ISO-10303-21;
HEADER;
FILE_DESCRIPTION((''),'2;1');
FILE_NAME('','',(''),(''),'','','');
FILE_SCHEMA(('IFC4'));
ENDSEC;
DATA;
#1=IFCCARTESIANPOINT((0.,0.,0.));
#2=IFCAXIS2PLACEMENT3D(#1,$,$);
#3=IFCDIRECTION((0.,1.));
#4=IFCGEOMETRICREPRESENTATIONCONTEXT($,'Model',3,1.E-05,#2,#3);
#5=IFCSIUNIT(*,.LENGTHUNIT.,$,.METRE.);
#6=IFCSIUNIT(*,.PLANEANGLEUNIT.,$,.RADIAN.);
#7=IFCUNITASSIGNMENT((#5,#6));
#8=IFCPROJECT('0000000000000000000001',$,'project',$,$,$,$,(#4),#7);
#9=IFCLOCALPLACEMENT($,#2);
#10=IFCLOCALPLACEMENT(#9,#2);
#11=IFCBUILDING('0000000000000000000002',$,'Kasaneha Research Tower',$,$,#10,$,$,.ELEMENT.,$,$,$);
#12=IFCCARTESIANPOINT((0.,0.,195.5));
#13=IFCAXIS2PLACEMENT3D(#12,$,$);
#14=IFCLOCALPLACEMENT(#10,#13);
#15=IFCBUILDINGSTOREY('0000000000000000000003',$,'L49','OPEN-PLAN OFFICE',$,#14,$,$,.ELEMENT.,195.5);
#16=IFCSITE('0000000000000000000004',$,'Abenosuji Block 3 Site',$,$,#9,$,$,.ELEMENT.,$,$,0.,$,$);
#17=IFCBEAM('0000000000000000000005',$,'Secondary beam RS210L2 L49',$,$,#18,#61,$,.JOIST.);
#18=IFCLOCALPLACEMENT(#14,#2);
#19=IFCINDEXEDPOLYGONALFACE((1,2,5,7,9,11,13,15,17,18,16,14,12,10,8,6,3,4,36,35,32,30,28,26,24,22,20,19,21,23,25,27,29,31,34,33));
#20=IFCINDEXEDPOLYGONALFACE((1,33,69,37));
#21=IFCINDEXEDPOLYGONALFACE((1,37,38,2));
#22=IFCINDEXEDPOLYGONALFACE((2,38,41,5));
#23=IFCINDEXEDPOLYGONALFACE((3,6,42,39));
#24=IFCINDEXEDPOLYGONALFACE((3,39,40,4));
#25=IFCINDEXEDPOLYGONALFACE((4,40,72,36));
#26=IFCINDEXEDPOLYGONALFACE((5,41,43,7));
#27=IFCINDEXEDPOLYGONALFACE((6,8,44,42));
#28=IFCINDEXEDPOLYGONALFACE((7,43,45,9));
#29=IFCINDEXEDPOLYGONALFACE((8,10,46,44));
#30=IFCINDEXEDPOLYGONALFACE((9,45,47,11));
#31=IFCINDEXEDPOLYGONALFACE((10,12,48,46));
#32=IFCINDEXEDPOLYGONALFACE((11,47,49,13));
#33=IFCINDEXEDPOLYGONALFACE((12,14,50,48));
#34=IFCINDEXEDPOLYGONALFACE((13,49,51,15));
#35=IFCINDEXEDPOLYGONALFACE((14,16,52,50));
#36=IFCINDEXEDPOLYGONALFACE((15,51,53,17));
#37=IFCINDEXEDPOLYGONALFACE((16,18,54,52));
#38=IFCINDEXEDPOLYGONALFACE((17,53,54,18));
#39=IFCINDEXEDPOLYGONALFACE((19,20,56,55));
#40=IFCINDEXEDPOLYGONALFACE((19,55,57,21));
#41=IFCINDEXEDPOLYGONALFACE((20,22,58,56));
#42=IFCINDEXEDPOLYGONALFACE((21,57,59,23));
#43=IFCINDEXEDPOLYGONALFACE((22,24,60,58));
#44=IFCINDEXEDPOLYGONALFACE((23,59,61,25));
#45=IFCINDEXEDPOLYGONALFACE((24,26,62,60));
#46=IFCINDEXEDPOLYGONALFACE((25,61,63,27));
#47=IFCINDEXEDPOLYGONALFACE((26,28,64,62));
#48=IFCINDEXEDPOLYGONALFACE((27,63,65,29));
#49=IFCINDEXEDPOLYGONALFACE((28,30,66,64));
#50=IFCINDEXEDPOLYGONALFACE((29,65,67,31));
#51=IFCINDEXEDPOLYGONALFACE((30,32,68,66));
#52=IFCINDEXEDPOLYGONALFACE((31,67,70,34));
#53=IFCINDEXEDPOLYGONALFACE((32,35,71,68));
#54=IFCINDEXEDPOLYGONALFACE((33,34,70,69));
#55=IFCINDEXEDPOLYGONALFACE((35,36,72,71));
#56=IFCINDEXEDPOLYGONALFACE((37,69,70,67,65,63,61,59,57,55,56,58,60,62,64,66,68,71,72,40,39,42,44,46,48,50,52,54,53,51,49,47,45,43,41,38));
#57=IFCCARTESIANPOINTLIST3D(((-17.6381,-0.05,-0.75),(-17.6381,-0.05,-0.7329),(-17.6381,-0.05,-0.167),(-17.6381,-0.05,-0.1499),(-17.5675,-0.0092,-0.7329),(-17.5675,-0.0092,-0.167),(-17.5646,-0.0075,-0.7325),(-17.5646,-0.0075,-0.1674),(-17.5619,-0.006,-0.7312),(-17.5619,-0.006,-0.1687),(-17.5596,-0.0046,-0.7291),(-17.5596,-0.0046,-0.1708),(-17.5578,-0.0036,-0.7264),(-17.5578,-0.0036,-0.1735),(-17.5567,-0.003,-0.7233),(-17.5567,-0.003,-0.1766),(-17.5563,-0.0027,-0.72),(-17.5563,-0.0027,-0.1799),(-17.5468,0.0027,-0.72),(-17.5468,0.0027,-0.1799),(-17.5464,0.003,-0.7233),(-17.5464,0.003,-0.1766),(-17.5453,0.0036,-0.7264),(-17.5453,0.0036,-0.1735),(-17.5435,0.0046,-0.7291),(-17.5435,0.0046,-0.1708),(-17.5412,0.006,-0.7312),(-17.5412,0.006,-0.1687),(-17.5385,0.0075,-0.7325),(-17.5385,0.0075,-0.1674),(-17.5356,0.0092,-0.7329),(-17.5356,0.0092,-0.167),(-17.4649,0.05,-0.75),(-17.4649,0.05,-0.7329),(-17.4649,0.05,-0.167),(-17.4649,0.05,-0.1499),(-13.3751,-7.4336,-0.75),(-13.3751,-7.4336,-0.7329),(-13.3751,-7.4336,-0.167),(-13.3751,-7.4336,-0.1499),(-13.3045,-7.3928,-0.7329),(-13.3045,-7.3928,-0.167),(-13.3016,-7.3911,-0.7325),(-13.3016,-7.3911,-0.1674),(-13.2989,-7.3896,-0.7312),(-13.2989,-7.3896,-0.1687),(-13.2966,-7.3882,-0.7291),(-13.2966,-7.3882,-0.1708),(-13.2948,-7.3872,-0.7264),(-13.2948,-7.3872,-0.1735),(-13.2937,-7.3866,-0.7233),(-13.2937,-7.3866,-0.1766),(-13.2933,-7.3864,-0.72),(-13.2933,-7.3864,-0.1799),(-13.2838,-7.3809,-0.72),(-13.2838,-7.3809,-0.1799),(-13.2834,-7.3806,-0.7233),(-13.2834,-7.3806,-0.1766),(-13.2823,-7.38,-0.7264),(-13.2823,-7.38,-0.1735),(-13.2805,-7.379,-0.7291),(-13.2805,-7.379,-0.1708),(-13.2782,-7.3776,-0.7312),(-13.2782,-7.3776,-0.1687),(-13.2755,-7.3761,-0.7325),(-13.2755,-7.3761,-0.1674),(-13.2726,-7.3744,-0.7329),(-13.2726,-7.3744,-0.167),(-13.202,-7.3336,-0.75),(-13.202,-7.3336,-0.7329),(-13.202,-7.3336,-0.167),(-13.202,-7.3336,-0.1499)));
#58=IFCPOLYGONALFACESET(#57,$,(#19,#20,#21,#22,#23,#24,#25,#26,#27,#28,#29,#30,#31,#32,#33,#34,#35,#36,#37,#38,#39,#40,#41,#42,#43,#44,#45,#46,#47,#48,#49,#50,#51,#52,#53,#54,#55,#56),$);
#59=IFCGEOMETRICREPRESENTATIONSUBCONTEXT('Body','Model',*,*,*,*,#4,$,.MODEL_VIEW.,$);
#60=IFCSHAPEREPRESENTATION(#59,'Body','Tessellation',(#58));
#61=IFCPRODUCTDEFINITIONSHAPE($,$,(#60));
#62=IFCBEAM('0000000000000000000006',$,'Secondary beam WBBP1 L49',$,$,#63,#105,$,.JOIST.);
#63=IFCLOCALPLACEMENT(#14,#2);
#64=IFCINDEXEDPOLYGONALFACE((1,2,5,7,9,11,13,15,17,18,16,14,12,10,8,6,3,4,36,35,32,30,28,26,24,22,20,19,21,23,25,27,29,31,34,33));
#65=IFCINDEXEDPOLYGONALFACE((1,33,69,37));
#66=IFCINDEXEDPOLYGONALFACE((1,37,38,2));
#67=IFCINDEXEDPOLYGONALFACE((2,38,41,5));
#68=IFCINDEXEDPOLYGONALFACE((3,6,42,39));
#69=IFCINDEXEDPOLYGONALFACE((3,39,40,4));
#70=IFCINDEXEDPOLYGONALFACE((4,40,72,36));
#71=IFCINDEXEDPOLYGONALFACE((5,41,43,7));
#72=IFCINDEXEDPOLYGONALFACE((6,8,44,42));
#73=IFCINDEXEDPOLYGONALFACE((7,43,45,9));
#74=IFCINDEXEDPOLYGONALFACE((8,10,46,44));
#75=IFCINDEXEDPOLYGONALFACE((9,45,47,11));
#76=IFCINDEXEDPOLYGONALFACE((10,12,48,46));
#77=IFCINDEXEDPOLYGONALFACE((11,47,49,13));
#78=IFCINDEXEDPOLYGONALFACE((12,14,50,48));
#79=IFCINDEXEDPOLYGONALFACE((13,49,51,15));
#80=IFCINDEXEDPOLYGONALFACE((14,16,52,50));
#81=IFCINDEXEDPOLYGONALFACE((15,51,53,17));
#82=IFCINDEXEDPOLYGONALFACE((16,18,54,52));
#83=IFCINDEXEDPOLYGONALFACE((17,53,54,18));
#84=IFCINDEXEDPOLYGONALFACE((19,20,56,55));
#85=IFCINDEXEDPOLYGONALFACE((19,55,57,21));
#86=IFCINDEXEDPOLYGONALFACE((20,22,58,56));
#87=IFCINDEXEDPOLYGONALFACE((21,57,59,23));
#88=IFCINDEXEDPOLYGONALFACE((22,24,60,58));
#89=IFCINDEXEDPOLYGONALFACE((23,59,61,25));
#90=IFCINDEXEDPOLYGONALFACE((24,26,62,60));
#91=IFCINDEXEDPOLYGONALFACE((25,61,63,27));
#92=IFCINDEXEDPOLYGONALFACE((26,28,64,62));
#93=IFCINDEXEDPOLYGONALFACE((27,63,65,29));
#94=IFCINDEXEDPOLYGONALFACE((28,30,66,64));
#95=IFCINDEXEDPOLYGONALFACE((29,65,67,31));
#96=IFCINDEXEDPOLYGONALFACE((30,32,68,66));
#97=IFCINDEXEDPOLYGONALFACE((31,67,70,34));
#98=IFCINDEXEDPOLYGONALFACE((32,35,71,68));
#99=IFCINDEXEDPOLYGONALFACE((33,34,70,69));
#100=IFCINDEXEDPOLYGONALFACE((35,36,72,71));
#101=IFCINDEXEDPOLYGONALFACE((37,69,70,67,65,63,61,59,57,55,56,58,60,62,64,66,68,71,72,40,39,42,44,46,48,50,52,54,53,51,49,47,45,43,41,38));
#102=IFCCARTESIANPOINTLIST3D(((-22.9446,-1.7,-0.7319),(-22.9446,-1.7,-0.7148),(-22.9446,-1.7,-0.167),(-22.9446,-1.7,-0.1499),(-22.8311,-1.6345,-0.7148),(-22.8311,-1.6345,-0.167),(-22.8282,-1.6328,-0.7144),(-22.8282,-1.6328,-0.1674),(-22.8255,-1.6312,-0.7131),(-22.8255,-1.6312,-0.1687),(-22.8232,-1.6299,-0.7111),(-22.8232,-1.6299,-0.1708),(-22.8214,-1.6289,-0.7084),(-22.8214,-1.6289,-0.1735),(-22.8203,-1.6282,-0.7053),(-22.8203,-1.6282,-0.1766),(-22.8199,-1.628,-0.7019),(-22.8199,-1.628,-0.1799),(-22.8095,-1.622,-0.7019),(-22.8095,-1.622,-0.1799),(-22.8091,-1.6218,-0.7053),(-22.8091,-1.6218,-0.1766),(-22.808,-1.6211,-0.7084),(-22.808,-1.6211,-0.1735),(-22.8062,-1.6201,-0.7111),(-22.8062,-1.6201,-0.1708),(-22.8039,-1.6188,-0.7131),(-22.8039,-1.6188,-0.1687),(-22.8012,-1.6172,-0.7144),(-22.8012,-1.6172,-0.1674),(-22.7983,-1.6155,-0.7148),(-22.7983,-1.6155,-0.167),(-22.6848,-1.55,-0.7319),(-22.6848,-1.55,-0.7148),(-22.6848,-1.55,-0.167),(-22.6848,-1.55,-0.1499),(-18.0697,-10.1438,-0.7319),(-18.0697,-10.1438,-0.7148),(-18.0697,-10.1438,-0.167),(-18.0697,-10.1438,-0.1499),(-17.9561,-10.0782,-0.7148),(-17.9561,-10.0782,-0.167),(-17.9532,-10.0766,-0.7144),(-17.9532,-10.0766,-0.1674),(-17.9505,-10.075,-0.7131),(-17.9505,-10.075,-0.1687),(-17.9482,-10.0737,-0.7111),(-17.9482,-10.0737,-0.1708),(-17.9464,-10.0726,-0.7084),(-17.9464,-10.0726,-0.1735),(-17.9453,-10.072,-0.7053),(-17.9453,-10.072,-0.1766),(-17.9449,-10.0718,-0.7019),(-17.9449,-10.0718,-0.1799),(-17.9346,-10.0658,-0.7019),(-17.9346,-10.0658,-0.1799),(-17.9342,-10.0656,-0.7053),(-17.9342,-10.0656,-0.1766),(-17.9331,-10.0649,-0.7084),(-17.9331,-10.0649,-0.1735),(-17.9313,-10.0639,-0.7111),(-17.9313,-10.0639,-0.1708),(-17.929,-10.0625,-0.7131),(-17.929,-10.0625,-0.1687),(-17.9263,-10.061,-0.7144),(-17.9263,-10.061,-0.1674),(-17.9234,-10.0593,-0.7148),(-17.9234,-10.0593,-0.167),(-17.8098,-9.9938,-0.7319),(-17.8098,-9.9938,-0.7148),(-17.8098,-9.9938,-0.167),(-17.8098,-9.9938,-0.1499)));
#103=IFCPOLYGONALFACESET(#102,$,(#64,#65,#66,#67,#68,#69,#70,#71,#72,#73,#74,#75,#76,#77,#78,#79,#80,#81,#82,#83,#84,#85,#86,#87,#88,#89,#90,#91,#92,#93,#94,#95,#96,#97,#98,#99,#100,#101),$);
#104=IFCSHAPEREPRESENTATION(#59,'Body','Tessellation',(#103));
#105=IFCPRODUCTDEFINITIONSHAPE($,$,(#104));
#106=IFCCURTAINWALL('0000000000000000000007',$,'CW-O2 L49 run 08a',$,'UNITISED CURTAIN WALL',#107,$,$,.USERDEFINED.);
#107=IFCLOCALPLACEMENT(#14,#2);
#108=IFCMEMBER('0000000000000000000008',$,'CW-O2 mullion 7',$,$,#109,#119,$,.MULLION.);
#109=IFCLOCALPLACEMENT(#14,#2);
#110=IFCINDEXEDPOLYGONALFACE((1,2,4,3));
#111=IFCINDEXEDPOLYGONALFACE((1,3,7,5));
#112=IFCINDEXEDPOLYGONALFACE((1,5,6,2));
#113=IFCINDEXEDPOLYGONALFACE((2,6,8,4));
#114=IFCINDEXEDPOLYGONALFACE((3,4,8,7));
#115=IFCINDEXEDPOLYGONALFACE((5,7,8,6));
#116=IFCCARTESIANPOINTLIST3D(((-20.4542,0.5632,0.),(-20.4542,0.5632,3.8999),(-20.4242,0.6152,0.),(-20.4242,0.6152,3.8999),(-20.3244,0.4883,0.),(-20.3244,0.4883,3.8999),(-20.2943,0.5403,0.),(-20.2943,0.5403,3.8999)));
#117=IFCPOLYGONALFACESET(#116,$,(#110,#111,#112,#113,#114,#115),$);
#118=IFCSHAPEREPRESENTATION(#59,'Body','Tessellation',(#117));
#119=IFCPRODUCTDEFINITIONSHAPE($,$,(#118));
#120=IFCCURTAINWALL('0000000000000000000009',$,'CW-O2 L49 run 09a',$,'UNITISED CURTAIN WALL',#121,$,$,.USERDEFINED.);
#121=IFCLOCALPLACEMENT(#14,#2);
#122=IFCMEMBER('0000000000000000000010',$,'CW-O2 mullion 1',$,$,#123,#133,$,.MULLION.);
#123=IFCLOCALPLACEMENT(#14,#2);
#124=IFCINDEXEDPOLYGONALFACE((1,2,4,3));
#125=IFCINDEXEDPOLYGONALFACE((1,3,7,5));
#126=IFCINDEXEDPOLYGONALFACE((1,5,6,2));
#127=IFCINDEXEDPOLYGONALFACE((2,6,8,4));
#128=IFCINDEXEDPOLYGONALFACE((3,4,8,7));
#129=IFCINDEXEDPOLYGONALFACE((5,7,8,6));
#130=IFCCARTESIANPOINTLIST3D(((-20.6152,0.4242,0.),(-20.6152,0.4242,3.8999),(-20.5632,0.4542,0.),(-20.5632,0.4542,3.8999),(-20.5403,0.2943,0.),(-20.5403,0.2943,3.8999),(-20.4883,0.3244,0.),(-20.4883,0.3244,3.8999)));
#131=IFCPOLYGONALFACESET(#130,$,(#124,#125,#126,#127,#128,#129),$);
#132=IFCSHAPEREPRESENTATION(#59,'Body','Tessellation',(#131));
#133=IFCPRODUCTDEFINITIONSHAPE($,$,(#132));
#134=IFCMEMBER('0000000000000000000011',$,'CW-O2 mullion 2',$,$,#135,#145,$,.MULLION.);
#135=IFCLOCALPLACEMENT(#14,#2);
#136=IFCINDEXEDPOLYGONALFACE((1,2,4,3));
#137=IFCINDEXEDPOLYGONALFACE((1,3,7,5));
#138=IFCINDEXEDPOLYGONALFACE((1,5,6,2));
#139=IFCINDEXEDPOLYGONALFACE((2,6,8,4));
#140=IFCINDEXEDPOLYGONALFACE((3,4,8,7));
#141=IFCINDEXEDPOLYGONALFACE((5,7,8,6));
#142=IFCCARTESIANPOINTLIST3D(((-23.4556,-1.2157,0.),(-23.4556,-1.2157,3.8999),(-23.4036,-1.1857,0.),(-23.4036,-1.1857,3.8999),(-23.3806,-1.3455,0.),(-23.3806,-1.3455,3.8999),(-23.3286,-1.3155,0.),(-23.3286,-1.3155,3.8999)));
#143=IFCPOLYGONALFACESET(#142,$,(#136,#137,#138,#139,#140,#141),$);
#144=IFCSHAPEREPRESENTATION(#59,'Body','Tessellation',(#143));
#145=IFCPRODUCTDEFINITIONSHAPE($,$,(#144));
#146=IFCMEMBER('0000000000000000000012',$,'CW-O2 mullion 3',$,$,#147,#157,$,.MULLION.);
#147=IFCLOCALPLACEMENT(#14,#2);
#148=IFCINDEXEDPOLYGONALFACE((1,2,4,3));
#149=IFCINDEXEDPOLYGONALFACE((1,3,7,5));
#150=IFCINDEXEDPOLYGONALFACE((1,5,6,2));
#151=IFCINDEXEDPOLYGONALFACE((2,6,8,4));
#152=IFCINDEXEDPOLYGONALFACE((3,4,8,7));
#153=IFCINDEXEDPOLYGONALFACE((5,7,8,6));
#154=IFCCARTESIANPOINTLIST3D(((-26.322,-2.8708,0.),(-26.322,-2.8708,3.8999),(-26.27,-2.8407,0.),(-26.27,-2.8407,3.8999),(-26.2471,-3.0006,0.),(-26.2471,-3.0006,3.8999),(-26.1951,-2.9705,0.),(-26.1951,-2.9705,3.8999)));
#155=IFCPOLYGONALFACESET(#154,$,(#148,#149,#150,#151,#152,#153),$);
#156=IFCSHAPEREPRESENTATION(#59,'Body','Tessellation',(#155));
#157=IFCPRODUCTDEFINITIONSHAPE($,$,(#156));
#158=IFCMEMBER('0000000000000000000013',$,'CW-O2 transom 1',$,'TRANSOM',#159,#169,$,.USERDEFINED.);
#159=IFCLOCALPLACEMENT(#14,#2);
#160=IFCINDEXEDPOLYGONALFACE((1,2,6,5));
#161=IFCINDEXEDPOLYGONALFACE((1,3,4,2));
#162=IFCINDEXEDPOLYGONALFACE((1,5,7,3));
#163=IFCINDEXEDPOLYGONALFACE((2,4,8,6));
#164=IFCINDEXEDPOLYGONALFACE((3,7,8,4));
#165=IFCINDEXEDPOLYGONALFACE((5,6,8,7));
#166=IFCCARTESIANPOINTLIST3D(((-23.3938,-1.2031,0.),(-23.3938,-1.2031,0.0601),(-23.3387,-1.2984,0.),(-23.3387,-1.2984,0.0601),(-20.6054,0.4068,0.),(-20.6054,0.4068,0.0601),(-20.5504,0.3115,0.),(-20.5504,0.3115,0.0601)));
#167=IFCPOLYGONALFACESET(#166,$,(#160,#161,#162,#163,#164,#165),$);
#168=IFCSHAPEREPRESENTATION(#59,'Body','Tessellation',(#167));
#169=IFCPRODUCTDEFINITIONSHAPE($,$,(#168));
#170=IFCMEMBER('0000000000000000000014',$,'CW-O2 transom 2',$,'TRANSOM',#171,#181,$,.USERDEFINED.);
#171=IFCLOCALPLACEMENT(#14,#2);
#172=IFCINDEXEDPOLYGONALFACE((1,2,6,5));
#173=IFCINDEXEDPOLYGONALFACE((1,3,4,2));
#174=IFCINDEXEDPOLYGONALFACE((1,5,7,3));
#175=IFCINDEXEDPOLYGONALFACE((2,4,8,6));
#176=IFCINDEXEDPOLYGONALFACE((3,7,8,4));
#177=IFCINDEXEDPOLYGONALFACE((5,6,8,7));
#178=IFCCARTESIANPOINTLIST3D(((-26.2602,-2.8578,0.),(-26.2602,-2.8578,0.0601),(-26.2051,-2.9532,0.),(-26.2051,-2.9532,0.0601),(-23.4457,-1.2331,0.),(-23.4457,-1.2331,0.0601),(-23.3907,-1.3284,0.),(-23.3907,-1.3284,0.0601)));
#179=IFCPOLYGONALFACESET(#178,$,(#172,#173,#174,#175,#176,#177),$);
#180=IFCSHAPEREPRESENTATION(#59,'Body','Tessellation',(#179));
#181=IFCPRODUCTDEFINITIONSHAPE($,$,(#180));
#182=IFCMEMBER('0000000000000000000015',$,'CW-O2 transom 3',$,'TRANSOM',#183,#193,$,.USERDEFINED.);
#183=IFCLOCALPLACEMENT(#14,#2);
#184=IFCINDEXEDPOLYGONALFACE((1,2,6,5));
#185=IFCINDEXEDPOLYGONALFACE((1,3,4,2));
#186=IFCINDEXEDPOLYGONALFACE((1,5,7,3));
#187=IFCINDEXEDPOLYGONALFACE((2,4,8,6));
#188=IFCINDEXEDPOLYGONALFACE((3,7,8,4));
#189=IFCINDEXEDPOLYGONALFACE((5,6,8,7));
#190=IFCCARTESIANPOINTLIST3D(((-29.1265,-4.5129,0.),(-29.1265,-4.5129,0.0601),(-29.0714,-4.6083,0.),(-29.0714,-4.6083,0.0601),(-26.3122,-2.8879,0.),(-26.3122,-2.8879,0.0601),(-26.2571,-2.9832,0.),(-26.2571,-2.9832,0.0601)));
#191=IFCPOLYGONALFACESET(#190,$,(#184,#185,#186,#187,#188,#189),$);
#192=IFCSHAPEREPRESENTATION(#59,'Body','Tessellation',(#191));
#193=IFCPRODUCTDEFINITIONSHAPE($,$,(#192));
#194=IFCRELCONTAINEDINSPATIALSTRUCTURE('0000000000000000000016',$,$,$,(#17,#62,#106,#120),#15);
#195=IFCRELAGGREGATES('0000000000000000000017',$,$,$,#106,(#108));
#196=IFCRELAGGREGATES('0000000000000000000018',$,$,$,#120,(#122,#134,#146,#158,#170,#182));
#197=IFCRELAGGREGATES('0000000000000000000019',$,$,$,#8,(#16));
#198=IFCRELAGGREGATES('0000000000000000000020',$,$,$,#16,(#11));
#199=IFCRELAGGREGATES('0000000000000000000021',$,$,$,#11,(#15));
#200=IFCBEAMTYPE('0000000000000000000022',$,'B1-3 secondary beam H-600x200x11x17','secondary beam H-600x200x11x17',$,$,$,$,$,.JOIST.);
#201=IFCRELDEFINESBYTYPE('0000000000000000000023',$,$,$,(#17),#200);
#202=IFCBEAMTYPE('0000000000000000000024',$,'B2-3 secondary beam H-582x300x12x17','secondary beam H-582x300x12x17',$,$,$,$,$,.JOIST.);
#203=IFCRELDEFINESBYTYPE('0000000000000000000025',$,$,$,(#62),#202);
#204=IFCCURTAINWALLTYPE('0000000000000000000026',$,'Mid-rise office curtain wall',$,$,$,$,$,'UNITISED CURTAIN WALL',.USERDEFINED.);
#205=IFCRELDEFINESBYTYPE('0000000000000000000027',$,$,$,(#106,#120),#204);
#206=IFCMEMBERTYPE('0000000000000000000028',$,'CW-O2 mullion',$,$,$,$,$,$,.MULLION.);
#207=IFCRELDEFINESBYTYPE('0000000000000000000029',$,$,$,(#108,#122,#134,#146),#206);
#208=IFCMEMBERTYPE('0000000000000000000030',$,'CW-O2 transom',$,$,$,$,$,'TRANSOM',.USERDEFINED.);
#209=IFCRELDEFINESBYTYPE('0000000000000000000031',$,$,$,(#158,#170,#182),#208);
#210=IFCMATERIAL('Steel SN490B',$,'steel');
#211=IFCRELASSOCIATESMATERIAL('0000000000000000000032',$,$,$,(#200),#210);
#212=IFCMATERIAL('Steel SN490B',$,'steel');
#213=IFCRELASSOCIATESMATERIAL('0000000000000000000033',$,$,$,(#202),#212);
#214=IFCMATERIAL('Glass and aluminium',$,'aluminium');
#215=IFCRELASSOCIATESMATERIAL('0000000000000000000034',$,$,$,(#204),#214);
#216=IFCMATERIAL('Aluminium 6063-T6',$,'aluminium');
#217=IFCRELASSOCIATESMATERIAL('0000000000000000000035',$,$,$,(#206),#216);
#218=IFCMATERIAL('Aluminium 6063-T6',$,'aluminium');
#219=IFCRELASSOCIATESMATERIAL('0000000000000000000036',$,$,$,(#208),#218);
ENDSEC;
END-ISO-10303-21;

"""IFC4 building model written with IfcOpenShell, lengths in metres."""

from ifc_helpers import new_model, si_unit, direction, frame, origin, origin_2d, place, context, subcontext, project, spatial, rectangle, i_section, extrude, material, material_profile, profile_set, type_object, element, aggregate, save


model = new_model("IFC4")

# Units and contexts
model_context = context("Model", 3, precision=1e-05, world=origin(), true_north=direction((0.0, 1.0)))
body_context = subcontext(model_context, "Body", "Model", "MODEL_VIEW")
ifc_project = project(units=[si_unit("LENGTHUNIT", "METRE"), si_unit("PLANEANGLEUNIT", "RADIAN")], contexts=[model_context])

# Site, building, storey
site_placement = place(None, origin())
site = spatial("IfcSite", under=ifc_project, at=site_placement, Name="Abenosuji Block 3 Site", CompositionType="ELEMENT", RefElevation=0.0)
building_placement = place(site_placement, origin())
building = spatial("IfcBuilding", under=site, at=building_placement, Name="Kasaneha Research Tower", CompositionType="ELEMENT")
storey_placement = place(building_placement, frame((0.0, 0.0, 195.5)))
storey = spatial("IfcBuildingStorey", under=building, at=storey_placement, Name="L49", Description="OPEN-PLAN OFFICE", CompositionType="ELEMENT", Elevation=195.5)

# Beams
ifc_material_1 = material(Name="Steel SN490B", Category="steel")
ifc_material_profile_1 = material_profile(ifc_material_1, i_section(OverallWidth=0.2, OverallDepth=0.6001, WebThickness=0.011, FlangeThickness=0.0171, FilletRadius=0.0129, at=origin_2d()), Name="H-600x200x11x17")
ifc_profile_set_1 = profile_set([ifc_material_profile_1], Name="Steel SN490B")
beam_type_1 = type_object("IfcBeamType", Name="B1-3 secondary beam H-600x200x11x17", Description="secondary beam H-600x200x11x17", PredefinedType="JOIST", material=ifc_profile_set_1)
beam_1_placement = place(storey_placement, frame((-17.5515, 0.0, -0.45), z_axis=(0.500004, -0.866023, 0.0), x_axis=(0.866023, 0.500004, 0.0)))
element("IfcBeam", 1, at=beam_1_placement, inside=storey, type_object=beam_type_1, Name="Secondary beam RS210L2 L49", PredefinedType="JOIST", context=body_context, shape_type="SweptSolid", body=[
    extrude(i_section(OverallWidth=0.2, OverallDepth=0.6001, WebThickness=0.011, FlangeThickness=0.0171, FilletRadius=0.0129, at=origin_2d()), origin(), (0.0, 0.0, 1.0), 8.5259),
])
ifc_material_2 = material(Name="Steel SN490B", Category="steel")
ifc_material_profile_2 = material_profile(ifc_material_2, i_section(OverallWidth=0.3, OverallDepth=0.582, WebThickness=0.012, FlangeThickness=0.0171, FilletRadius=0.0129, at=origin_2d()), Name="H-582x300x12x17")
ifc_profile_set_2 = profile_set([ifc_material_profile_2], Name="Steel SN490B")
beam_type_2 = type_object("IfcBeamType", Name="B2-3 secondary beam H-582x300x12x17", Description="secondary beam H-582x300x12x17", PredefinedType="JOIST", material=ifc_profile_set_2)
beam_2_placement = place(storey_placement, frame((-22.8147, -1.625, -0.4409), z_axis=(0.499996, -0.866028, 0.0), x_axis=(0.866028, 0.499996, 0.0)))
element("IfcBeam", 2, at=beam_2_placement, inside=storey, type_object=beam_type_2, Name="Secondary beam WBBP1 L49", PredefinedType="JOIST", context=body_context, shape_type="SweptSolid", body=[
    extrude(i_section(OverallWidth=0.3, OverallDepth=0.582, WebThickness=0.012, FlangeThickness=0.0171, FilletRadius=0.0129, at=origin_2d()), origin(), (0.0, 0.0, 1.0), 9.75),
])

# Curtain wall, member
ifc_material_3 = material(Name="Glass and aluminium", Category="aluminium")
curtain_wall_type = type_object("IfcCurtainWallType", Name="Mid-rise office curtain wall", ElementType="UNITISED CURTAIN WALL", PredefinedType="USERDEFINED", material=ifc_material_3)
curtain_wall_1_placement = place(storey_placement, origin())
curtain_wall_1 = element("IfcCurtainWall", 3, at=curtain_wall_1_placement, inside=storey, type_object=curtain_wall_type, Name="CW-O2 L49 run 08a", ObjectType="UNITISED CURTAIN WALL", PredefinedType="USERDEFINED")
ifc_material_4 = material(Name="Aluminium 6063-T6", Category="aluminium")
ifc_material_profile_3 = material_profile(ifc_material_4, rectangle(XDim=0.0601, YDim=0.1499, at=origin_2d()), Name="CW-O2 mullion 60x150")
ifc_profile_set_3 = profile_set([ifc_material_profile_3], Name="Aluminium 6063-T6")
member_type_1 = type_object("IfcMemberType", Name="CW-O2 mullion", PredefinedType="MULLION", material=ifc_profile_set_3)
member_1_placement = place(storey_placement, frame((-20.3743, 0.5518, 0.0), z_axis=(0.0, 0.0, 1.0), x_axis=(-0.5, -0.866025, 0.0)))
member_1 = element("IfcMember", 4, at=member_1_placement, type_object=member_type_1, Name="CW-O2 mullion 7", PredefinedType="MULLION", context=body_context, shape_type="SweptSolid", body=[
    extrude(rectangle(XDim=0.0601, YDim=0.1499, at=origin_2d()), origin(), (0.0, 0.0, 1.0), 3.8999),
])
aggregate(curtain_wall_1, [member_1])

# Curtain wall, members
curtain_wall_2_placement = place(storey_placement, origin())
curtain_wall_2 = element("IfcCurtainWall", 5, at=curtain_wall_2_placement, inside=storey, type_object=curtain_wall_type, Name="CW-O2 L49 run 09a", ObjectType="UNITISED CURTAIN WALL", PredefinedType="USERDEFINED")
member_2_placement = place(storey_placement, frame((-20.5518, 0.3743, 0.0), z_axis=(0.0, 0.0, 1.0), x_axis=(-0.866025, -0.5, 0.0)))
member_2 = element("IfcMember", 6, at=member_2_placement, type_object=member_type_1, Name="CW-O2 mullion 1", PredefinedType="MULLION", context=body_context, shape_type="SweptSolid", body=[
    extrude(rectangle(XDim=0.0601, YDim=0.1499, at=origin_2d()), origin(), (0.0, 0.0, 1.0), 3.8999),
])
member_3_placement = place(storey_placement, frame((-23.3921, -1.2656, 0.0), z_axis=(0.0, 0.0, 1.0), x_axis=(-0.866025, -0.5, 0.0)))
member_3 = element("IfcMember", 7, at=member_3_placement, type_object=member_type_1, Name="CW-O2 mullion 2", PredefinedType="MULLION", context=body_context, shape_type="SweptSolid", body=[
    extrude(rectangle(XDim=0.0601, YDim=0.1499, at=origin_2d()), origin(), (0.0, 0.0, 1.0), 3.8999),
])
member_4_placement = place(storey_placement, frame((-26.2585, -2.9207, 0.0), z_axis=(0.0, 0.0, 1.0), x_axis=(-0.866025, -0.5, 0.0)))
member_4 = element("IfcMember", 8, at=member_4_placement, type_object=member_type_1, Name="CW-O2 mullion 3", PredefinedType="MULLION", context=body_context, shape_type="SweptSolid", body=[
    extrude(rectangle(XDim=0.0601, YDim=0.1499, at=origin_2d()), origin(), (0.0, 0.0, 1.0), 3.8999),
])
ifc_material_5 = material(Name="Aluminium 6063-T6", Category="aluminium")
ifc_material_profile_4 = material_profile(ifc_material_5, rectangle(XDim=0.1101, YDim=0.0601, at=origin_2d()), Name="CW-O2 transom 110x60")
ifc_profile_set_4 = profile_set([ifc_material_profile_4], Name="Aluminium 6063-T6")
member_type_2 = type_object("IfcMemberType", Name="CW-O2 transom", ElementType="TRANSOM", PredefinedType="USERDEFINED", material=ifc_profile_set_4)
member_5_placement = place(storey_placement, frame((-20.5779, 0.3591, 0.03), z_axis=(-0.866023, -0.500005, 0.0), x_axis=(0.500005, -0.866023, 0.0)))
member_5 = element("IfcMember", 9, at=member_5_placement, type_object=member_type_2, Name="CW-O2 transom 1", ObjectType="TRANSOM", PredefinedType="USERDEFINED", context=body_context, shape_type="SweptSolid", body=[
    extrude(rectangle(XDim=0.1101, YDim=0.0601, at=origin_2d()), origin(), (0.0, 0.0, 1.0), 3.2197),
])
member_6_placement = place(storey_placement, frame((-23.4182, -1.2808, 0.03), z_axis=(-0.866048, -0.499961, 0.0), x_axis=(0.499961, -0.866048, 0.0)))
member_6 = element("IfcMember", 10, at=member_6_placement, type_object=member_type_2, Name="CW-O2 transom 2", ObjectType="TRANSOM", PredefinedType="USERDEFINED", context=body_context, shape_type="SweptSolid", body=[
    extrude(rectangle(XDim=0.1101, YDim=0.0601, at=origin_2d()), origin(), (0.0, 0.0, 1.0), 3.2498),
])
member_7_placement = place(storey_placement, frame((-26.2847, -2.9355, 0.03), z_axis=(-0.865997, -0.50005, 0.0), x_axis=(0.50005, -0.865997, 0.0)))
member_7 = element("IfcMember", 11, at=member_7_placement, type_object=member_type_2, Name="CW-O2 transom 3", ObjectType="TRANSOM", PredefinedType="USERDEFINED", context=body_context, shape_type="SweptSolid", body=[
    extrude(rectangle(XDim=0.1101, YDim=0.0601, at=origin_2d()), origin(), (0.0, 0.0, 1.0), 3.2498),
])

aggregate(curtain_wall_2, [member_2, member_3, member_4, member_5, member_6, member_7])

save(model, "model.ifc")
